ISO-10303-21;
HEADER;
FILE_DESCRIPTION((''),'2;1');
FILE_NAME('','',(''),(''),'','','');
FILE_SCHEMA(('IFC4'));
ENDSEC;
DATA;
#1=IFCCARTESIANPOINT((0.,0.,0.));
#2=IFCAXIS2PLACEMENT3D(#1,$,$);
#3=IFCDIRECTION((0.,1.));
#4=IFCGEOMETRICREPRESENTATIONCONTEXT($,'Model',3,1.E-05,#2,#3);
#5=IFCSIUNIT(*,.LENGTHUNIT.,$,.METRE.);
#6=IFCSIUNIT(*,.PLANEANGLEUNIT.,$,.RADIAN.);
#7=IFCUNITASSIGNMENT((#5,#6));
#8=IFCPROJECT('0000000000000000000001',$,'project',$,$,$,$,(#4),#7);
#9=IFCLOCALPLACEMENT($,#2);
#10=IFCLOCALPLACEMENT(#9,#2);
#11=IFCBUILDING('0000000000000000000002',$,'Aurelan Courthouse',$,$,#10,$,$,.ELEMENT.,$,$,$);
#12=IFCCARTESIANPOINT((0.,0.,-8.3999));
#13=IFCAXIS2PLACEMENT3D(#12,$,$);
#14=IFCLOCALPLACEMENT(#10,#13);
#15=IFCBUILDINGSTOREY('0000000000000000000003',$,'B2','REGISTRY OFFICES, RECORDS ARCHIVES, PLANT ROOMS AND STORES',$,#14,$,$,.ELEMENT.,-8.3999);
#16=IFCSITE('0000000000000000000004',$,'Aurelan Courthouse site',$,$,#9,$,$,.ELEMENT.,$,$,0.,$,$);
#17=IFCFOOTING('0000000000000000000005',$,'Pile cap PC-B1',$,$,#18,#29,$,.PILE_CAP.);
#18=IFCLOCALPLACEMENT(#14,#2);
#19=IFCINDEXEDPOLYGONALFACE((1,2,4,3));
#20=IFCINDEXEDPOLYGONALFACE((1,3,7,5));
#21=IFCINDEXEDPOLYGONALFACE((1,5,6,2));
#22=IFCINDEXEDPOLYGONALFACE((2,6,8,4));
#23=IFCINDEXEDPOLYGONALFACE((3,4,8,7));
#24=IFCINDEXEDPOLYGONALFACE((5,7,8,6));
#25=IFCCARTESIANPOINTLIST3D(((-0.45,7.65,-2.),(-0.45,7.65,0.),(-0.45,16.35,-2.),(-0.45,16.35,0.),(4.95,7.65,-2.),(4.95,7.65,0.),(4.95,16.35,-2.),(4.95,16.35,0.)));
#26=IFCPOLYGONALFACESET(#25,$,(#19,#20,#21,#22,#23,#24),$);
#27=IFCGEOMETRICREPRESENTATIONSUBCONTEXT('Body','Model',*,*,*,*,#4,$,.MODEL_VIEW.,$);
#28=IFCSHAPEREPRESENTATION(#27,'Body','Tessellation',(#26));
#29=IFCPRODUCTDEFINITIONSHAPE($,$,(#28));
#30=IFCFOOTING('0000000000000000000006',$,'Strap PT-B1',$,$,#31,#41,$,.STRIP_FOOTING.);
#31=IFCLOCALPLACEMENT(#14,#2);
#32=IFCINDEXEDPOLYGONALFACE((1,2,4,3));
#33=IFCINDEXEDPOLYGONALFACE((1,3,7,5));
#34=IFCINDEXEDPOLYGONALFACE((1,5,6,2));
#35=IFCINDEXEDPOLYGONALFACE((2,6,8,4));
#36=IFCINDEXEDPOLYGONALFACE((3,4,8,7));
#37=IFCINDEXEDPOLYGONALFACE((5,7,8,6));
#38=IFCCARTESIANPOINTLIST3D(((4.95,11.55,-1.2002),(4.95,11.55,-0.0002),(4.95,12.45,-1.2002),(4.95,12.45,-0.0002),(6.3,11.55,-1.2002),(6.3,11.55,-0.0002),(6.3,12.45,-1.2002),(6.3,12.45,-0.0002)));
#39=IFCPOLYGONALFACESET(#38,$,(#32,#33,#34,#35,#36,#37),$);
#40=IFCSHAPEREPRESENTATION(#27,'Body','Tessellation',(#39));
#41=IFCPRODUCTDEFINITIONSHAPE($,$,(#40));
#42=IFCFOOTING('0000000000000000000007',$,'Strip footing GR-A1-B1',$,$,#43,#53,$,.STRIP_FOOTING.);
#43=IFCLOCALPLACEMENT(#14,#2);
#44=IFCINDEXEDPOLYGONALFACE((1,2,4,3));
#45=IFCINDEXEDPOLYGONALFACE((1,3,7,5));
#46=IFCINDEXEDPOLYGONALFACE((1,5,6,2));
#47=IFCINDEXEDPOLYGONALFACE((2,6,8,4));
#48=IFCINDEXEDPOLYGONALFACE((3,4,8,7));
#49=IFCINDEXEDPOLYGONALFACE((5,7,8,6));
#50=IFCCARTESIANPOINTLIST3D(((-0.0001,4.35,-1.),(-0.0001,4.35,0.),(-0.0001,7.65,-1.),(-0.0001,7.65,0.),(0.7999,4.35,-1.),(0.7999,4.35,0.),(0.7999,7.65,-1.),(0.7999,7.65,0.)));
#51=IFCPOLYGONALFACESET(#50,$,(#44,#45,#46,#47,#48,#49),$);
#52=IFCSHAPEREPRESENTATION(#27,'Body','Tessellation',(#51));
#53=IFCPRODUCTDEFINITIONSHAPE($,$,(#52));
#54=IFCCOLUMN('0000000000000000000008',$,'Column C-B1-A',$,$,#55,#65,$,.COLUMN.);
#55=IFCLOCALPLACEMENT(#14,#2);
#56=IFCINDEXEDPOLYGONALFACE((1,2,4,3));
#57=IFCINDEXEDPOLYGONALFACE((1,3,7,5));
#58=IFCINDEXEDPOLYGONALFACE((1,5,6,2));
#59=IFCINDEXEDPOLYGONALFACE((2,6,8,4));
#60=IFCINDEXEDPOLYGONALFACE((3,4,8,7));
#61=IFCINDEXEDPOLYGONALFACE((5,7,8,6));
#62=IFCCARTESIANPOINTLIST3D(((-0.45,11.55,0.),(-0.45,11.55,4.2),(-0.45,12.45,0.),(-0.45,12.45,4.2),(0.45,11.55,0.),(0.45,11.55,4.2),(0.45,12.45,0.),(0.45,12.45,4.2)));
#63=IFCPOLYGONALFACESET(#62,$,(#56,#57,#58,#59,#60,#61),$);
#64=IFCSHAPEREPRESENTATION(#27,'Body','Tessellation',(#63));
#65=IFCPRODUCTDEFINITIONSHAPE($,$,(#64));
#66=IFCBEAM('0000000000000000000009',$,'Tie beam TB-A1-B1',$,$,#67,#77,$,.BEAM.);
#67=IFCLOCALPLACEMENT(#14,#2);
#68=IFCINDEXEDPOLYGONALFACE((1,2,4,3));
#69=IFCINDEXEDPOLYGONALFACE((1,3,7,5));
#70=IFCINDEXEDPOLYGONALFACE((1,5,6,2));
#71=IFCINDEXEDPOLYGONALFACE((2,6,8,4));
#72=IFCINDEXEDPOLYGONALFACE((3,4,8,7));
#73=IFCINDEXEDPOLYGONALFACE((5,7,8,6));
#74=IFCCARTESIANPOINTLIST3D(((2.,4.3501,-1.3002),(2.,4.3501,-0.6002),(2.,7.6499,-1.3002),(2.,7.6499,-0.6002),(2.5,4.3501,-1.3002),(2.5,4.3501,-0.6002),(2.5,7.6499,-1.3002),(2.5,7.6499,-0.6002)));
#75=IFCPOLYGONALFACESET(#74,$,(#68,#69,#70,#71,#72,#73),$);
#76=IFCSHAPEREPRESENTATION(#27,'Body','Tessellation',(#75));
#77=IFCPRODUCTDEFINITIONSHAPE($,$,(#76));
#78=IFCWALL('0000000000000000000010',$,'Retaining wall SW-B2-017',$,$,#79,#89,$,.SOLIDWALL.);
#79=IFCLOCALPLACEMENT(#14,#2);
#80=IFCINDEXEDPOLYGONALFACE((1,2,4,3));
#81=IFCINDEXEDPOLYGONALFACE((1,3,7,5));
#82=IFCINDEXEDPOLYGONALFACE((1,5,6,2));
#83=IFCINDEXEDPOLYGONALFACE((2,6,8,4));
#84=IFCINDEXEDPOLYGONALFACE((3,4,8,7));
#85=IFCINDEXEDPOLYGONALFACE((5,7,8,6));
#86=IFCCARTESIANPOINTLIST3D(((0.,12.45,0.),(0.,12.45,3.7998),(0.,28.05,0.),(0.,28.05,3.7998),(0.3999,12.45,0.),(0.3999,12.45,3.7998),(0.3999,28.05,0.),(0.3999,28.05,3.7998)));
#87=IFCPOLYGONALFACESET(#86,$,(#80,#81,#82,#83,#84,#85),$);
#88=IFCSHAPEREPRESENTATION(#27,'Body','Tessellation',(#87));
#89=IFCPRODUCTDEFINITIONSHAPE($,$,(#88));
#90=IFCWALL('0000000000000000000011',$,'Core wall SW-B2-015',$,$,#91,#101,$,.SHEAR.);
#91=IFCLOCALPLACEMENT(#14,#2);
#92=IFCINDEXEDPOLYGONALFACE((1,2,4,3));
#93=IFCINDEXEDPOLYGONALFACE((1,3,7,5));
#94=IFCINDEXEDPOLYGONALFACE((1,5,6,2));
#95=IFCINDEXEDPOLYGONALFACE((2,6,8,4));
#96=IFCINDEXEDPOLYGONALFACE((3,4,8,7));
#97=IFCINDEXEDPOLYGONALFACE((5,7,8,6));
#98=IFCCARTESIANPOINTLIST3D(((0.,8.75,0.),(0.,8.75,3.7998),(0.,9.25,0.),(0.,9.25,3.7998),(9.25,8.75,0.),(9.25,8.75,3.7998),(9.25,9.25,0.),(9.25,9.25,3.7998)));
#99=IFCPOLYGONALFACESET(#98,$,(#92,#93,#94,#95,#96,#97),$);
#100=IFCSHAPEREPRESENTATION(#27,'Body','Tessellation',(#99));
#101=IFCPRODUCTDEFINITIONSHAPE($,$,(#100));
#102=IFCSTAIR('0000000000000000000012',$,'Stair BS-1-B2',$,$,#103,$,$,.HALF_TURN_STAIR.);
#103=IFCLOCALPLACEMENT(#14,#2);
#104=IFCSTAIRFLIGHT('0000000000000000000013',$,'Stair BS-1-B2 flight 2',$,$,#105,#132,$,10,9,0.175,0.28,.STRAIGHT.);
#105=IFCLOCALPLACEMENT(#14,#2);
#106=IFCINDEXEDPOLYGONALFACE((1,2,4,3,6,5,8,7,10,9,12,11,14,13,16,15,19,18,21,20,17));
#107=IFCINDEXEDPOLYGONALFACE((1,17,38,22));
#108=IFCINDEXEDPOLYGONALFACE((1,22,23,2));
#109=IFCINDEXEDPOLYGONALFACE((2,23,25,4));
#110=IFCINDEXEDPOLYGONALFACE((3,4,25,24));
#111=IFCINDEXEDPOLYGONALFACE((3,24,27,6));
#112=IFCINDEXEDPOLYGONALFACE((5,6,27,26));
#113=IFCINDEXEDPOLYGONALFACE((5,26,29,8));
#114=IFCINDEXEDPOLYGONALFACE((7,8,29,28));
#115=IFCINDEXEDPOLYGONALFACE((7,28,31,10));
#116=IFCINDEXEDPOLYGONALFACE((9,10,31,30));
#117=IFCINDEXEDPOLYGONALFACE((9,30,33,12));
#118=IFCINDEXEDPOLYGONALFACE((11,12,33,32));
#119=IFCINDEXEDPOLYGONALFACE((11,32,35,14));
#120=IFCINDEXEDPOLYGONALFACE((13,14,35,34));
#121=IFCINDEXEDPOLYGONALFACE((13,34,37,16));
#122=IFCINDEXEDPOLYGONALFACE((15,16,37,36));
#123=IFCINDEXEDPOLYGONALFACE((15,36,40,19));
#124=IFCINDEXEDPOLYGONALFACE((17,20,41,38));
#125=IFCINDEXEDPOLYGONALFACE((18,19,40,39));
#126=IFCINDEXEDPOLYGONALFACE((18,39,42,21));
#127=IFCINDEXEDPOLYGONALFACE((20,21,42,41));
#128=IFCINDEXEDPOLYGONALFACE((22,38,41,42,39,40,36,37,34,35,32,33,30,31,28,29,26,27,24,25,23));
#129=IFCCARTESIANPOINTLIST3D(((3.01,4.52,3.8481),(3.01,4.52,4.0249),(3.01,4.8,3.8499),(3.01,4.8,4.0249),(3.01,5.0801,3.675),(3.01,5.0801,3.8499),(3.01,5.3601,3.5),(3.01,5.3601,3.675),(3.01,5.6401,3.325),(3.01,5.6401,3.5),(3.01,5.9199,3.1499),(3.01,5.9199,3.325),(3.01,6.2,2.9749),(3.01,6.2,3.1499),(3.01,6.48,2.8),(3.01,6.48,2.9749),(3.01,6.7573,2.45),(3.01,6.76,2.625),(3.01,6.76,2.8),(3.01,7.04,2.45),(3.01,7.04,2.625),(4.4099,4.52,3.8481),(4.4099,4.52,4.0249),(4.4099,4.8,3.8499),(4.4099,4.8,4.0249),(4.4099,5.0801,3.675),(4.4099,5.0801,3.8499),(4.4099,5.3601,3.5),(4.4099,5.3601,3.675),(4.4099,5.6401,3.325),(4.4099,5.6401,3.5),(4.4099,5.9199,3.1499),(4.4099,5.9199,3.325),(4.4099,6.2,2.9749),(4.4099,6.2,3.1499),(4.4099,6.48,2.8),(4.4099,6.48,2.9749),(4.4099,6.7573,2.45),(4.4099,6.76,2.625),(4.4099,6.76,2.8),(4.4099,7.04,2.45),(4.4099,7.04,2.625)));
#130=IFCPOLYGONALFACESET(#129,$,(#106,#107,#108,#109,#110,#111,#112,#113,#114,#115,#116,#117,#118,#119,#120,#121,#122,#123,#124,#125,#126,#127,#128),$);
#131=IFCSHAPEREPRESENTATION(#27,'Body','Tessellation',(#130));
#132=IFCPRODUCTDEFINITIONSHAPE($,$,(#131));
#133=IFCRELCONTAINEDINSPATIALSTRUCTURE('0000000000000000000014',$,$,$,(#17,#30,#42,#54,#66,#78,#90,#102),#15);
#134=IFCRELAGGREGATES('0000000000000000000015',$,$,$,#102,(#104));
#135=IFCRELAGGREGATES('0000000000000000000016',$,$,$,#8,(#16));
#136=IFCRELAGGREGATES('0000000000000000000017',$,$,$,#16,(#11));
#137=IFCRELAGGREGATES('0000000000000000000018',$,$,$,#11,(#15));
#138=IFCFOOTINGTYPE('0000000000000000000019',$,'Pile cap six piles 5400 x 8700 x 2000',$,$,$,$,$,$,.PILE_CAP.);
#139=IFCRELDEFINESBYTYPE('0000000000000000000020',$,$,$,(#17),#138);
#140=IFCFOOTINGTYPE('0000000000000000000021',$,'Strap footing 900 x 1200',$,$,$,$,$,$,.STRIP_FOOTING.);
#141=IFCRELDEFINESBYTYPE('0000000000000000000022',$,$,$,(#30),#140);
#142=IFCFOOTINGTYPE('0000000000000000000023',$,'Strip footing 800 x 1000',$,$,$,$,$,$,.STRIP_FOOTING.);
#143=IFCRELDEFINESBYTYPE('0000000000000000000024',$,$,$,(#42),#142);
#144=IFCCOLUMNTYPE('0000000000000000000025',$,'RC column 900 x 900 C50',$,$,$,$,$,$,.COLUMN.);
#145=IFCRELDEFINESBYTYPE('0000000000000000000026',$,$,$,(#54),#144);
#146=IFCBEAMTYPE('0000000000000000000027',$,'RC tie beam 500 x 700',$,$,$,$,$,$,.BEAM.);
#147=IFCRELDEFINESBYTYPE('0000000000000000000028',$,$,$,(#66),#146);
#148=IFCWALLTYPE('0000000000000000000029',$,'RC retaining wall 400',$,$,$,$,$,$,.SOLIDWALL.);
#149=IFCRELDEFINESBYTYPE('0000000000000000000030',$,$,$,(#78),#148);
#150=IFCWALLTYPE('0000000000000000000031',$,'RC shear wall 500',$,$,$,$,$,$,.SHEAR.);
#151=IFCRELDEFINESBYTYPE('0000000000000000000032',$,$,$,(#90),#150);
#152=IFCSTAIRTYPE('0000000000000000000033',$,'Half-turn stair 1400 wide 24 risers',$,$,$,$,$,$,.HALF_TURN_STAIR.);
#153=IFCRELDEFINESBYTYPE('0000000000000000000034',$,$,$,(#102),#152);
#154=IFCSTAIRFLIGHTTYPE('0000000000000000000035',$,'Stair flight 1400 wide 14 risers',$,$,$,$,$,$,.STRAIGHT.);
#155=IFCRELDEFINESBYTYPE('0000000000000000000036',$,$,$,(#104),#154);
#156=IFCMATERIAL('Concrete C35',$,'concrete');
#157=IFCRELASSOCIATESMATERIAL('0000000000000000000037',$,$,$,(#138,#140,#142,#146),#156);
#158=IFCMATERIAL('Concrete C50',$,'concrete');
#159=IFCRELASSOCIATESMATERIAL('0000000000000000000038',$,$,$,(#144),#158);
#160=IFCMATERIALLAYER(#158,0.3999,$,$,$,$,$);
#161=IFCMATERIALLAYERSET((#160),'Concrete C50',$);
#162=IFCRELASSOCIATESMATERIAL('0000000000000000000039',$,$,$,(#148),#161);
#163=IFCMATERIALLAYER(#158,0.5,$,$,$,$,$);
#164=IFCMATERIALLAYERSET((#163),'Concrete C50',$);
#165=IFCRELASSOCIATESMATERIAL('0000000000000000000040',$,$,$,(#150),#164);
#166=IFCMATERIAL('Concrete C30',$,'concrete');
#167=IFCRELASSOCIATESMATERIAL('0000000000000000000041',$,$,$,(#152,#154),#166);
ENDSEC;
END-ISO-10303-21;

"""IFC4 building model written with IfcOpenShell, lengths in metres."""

from ifc_helpers import new_model, si_unit, direction, frame, frame_2d, origin, origin_2d, place, context, subcontext, project, spatial, polyline, rectangle, outline, extrude, material, layer, layer_set, material_profile, profile_set, type_object, element, aggregate, save


model = new_model("IFC4")

# Units and contexts
model_context = context("Model", 3, precision=1e-05, world=origin(), true_north=direction((0.0, 1.0)))
body_context = subcontext(model_context, "Body", "Model", "MODEL_VIEW")
ifc_project = project(units=[si_unit("LENGTHUNIT", "METRE"), si_unit("PLANEANGLEUNIT", "RADIAN")], contexts=[model_context])

# Site, building, storey
site_placement = place(None, origin())
site = spatial("IfcSite", under=ifc_project, at=site_placement, Name="Aurelan Courthouse site", CompositionType="ELEMENT", RefElevation=0.0)
building_placement = place(site_placement, origin())
building = spatial("IfcBuilding", under=site, at=building_placement, Name="Aurelan Courthouse", CompositionType="ELEMENT")
storey_placement = place(building_placement, frame((0.0, 0.0, -8.3999)))
storey = spatial("IfcBuildingStorey", under=building, at=storey_placement, Name="B2", Description="REGISTRY OFFICES, RECORDS ARCHIVES, PLANT ROOMS AND STORES", CompositionType="ELEMENT", Elevation=-8.3999)

# Shared definitions
ifc_material_1 = material(Name="Concrete C35", Category="concrete")

# Footings
footing_type_1 = type_object("IfcFootingType", Name="Pile cap six piles 5400 x 8700 x 2000", PredefinedType="PILE_CAP", material=ifc_material_1)
footing_1_placement = place(storey_placement, frame((2.25, 12.0, -2.0), z_axis=(0.0, 0.0, 1.0), x_axis=(1.0, 0.0, 0.0)))
element("IfcFooting", 1, at=footing_1_placement, inside=storey, type_object=footing_type_1, Name="Pile cap PC-B1", PredefinedType="PILE_CAP", context=body_context, shape_type="SweptSolid", body=[
    extrude(rectangle(XDim=5.3999, YDim=8.7, at=origin_2d()), origin(), (0.0, 0.0, 1.0), 2.0),
])
footing_type_2 = type_object("IfcFootingType", Name="Strap footing 900 x 1200", PredefinedType="STRIP_FOOTING", material=ifc_material_1)
footing_2_placement = place(storey_placement, frame((5.625, 12.0, -1.2002), z_axis=(0.0, 0.0, 1.0), x_axis=(1.0, 0.0, 0.0)))
element("IfcFooting", 2, at=footing_2_placement, inside=storey, type_object=footing_type_2, Name="Strap PT-B1", PredefinedType="STRIP_FOOTING", context=body_context, shape_type="SweptSolid", body=[
    extrude(rectangle(XDim=1.3501, YDim=0.8999, at=origin_2d()), origin(), (0.0, 0.0, 1.0), 1.2),
])
footing_type_3 = type_object("IfcFootingType", Name="Strip footing 800 x 1000", PredefinedType="STRIP_FOOTING", material=ifc_material_1)
footing_3_placement = place(storey_placement, frame((0.3999, 6.0, -1.0), z_axis=(0.0, 0.0, 1.0), x_axis=(1.0, 0.0, 0.0)))
element("IfcFooting", 3, at=footing_3_placement, inside=storey, type_object=footing_type_3, Name="Strip footing GR-A1-B1", PredefinedType="STRIP_FOOTING", context=body_context, shape_type="SweptSolid", body=[
    extrude(rectangle(XDim=0.8, YDim=3.3, at=origin_2d()), origin(), (0.0, 0.0, 1.0), 1.0),
])

# Column
ifc_material_2 = material(Name="Concrete C50", Category="concrete")
ifc_material_profile_1 = material_profile(ifc_material_2, rectangle(XDim=0.8999, YDim=0.8999, at=origin_2d()), Name="RC 900 x 900")
ifc_profile_set_1 = profile_set([ifc_material_profile_1], Name="Concrete C50")
column_type = type_object("IfcColumnType", Name="RC column 900 x 900 C50", PredefinedType="COLUMN", material=ifc_profile_set_1)
column_placement = place(storey_placement, frame((0.0, 12.0, 0.0), z_axis=(0.0, 0.0, 1.0), x_axis=(1.0, 0.0, 0.0)))
element("IfcColumn", 4, at=column_placement, inside=storey, type_object=column_type, Name="Column C-B1-A", PredefinedType="COLUMN", context=body_context, shape_type="SweptSolid", body=[
    extrude(rectangle(XDim=0.8999, YDim=0.8999, at=origin_2d()), origin(), (0.0, 0.0, 1.0), 4.2),
])

# Beam
ifc_material_profile_2 = material_profile(ifc_material_1, rectangle(XDim=0.5, YDim=0.7, at=origin_2d()), Name="RC 500 x 700")
ifc_profile_set_2 = profile_set([ifc_material_profile_2], Name="Concrete C35")
beam_type = type_object("IfcBeamType", Name="RC tie beam 500 x 700", PredefinedType="BEAM", material=ifc_profile_set_2)
beam_placement = place(storey_placement, frame((2.25, 4.3501, -0.9502), z_axis=(0.0, 1.0, 0.0), x_axis=(-1.0, 0.0, 0.0)))
element("IfcBeam", 5, at=beam_placement, inside=storey, type_object=beam_type, Name="Tie beam TB-A1-B1", PredefinedType="BEAM", context=body_context, shape_type="SweptSolid", body=[
    extrude(rectangle(XDim=0.5, YDim=0.7, at=origin_2d()), origin(), (0.0, 0.0, 1.0), 3.2998),
])

# Walls
ifc_layer_1 = layer(ifc_material_2, 0.3999)
ifc_layer_set_1 = layer_set([ifc_layer_1], Name="Concrete C50")
wall_type_1 = type_object("IfcWallType", Name="RC retaining wall 400", PredefinedType="SOLIDWALL", material=ifc_layer_set_1)
wall_1_placement = place(storey_placement, frame((0.2, 12.45, 0.0), z_axis=(0.0, 0.0, 1.0), x_axis=(0.0, 1.0, 0.0)))
element("IfcWall", 6, at=wall_1_placement, inside=storey, type_object=wall_type_1, Name="Retaining wall SW-B2-017", PredefinedType="SOLIDWALL", context=body_context, shape_type="SweptSolid", body=[
    extrude(rectangle(XDim=15.6001, YDim=0.3999, at=frame_2d((7.8, 0.0))), origin(), (0.0, 0.0, 1.0), 3.7998),
])
ifc_layer_2 = layer(ifc_material_2, 0.5)
ifc_layer_set_2 = layer_set([ifc_layer_2], Name="Concrete C50")
wall_type_2 = type_object("IfcWallType", Name="RC shear wall 500", PredefinedType="SHEAR", material=ifc_layer_set_2)
wall_2_placement = place(storey_placement, frame((0.0, 9.0, 0.0), z_axis=(0.0, 0.0, 1.0), x_axis=(1.0, 0.0, 0.0)))
element("IfcWall", 7, at=wall_2_placement, inside=storey, type_object=wall_type_2, Name="Core wall SW-B2-015", PredefinedType="SHEAR", context=body_context, shape_type="SweptSolid", body=[
    extrude(rectangle(XDim=9.25, YDim=0.5, at=frame_2d((4.625, 0.0))), origin(), (0.0, 0.0, 1.0), 3.7998),
])

# Stair, stair flight
ifc_material_3 = material(Name="Concrete C30", Category="concrete")
stair_type = type_object("IfcStairType", Name="Half-turn stair 1400 wide 24 risers", PredefinedType="HALF_TURN_STAIR", material=ifc_material_3)
stair_placement = place(storey_placement, origin())
stair = element("IfcStair", 8, at=stair_placement, inside=storey, type_object=stair_type, Name="Stair BS-1-B2", PredefinedType="HALF_TURN_STAIR")
stair_flight_type = type_object("IfcStairFlightType", Name="Stair flight 1400 wide 14 risers", PredefinedType="STRAIGHT", material=ifc_material_3)
stair_flight_placement = place(storey_placement, frame((3.71, 7.04, 2.45), z_axis=(0.0, 0.0, 1.0), x_axis=(0.0, -1.0, 0.0)))
stair_flight = element("IfcStairFlight", 9, at=stair_flight_placement, type_object=stair_flight_type, Name="Stair BS-1-B2 flight 2", NumberOfRisers=10, NumberOfTreads=9, PredefinedType="STRAIGHT", RiserHeight=0.175, TreadLength=0.28, context=body_context, shape_type="SweptSolid", body=[
    extrude(outline(polyline([(0.0, 0.0), (0.0, 0.175), (0.28, 0.175), (0.28, 0.3501), (0.5601, 0.3501), (0.5601, 0.5249), (0.8401, 0.5249), (0.8401, 0.7), (1.1201, 0.7), (1.1201, 0.875), (1.3999, 0.875), (1.3999, 1.05), (1.6799, 1.05), (1.6799, 1.2251), (1.96, 1.2251), (1.96, 1.3999), (2.24, 1.3999), (2.24, 1.575), (2.52, 1.575), (2.52, 1.75), (2.52, 1.3982), (0.2827, 0.0), (0.0, 0.0)])), frame((0.0, 0.7, 0.0), z_axis=(0.0, -1.0, 0.0), x_axis=(1.0, 0.0, 0.0)), (0.0, 0.0, 1.0), 1.3999),
])
aggregate(stair, [stair_flight])

save(model, "model.ifc")
